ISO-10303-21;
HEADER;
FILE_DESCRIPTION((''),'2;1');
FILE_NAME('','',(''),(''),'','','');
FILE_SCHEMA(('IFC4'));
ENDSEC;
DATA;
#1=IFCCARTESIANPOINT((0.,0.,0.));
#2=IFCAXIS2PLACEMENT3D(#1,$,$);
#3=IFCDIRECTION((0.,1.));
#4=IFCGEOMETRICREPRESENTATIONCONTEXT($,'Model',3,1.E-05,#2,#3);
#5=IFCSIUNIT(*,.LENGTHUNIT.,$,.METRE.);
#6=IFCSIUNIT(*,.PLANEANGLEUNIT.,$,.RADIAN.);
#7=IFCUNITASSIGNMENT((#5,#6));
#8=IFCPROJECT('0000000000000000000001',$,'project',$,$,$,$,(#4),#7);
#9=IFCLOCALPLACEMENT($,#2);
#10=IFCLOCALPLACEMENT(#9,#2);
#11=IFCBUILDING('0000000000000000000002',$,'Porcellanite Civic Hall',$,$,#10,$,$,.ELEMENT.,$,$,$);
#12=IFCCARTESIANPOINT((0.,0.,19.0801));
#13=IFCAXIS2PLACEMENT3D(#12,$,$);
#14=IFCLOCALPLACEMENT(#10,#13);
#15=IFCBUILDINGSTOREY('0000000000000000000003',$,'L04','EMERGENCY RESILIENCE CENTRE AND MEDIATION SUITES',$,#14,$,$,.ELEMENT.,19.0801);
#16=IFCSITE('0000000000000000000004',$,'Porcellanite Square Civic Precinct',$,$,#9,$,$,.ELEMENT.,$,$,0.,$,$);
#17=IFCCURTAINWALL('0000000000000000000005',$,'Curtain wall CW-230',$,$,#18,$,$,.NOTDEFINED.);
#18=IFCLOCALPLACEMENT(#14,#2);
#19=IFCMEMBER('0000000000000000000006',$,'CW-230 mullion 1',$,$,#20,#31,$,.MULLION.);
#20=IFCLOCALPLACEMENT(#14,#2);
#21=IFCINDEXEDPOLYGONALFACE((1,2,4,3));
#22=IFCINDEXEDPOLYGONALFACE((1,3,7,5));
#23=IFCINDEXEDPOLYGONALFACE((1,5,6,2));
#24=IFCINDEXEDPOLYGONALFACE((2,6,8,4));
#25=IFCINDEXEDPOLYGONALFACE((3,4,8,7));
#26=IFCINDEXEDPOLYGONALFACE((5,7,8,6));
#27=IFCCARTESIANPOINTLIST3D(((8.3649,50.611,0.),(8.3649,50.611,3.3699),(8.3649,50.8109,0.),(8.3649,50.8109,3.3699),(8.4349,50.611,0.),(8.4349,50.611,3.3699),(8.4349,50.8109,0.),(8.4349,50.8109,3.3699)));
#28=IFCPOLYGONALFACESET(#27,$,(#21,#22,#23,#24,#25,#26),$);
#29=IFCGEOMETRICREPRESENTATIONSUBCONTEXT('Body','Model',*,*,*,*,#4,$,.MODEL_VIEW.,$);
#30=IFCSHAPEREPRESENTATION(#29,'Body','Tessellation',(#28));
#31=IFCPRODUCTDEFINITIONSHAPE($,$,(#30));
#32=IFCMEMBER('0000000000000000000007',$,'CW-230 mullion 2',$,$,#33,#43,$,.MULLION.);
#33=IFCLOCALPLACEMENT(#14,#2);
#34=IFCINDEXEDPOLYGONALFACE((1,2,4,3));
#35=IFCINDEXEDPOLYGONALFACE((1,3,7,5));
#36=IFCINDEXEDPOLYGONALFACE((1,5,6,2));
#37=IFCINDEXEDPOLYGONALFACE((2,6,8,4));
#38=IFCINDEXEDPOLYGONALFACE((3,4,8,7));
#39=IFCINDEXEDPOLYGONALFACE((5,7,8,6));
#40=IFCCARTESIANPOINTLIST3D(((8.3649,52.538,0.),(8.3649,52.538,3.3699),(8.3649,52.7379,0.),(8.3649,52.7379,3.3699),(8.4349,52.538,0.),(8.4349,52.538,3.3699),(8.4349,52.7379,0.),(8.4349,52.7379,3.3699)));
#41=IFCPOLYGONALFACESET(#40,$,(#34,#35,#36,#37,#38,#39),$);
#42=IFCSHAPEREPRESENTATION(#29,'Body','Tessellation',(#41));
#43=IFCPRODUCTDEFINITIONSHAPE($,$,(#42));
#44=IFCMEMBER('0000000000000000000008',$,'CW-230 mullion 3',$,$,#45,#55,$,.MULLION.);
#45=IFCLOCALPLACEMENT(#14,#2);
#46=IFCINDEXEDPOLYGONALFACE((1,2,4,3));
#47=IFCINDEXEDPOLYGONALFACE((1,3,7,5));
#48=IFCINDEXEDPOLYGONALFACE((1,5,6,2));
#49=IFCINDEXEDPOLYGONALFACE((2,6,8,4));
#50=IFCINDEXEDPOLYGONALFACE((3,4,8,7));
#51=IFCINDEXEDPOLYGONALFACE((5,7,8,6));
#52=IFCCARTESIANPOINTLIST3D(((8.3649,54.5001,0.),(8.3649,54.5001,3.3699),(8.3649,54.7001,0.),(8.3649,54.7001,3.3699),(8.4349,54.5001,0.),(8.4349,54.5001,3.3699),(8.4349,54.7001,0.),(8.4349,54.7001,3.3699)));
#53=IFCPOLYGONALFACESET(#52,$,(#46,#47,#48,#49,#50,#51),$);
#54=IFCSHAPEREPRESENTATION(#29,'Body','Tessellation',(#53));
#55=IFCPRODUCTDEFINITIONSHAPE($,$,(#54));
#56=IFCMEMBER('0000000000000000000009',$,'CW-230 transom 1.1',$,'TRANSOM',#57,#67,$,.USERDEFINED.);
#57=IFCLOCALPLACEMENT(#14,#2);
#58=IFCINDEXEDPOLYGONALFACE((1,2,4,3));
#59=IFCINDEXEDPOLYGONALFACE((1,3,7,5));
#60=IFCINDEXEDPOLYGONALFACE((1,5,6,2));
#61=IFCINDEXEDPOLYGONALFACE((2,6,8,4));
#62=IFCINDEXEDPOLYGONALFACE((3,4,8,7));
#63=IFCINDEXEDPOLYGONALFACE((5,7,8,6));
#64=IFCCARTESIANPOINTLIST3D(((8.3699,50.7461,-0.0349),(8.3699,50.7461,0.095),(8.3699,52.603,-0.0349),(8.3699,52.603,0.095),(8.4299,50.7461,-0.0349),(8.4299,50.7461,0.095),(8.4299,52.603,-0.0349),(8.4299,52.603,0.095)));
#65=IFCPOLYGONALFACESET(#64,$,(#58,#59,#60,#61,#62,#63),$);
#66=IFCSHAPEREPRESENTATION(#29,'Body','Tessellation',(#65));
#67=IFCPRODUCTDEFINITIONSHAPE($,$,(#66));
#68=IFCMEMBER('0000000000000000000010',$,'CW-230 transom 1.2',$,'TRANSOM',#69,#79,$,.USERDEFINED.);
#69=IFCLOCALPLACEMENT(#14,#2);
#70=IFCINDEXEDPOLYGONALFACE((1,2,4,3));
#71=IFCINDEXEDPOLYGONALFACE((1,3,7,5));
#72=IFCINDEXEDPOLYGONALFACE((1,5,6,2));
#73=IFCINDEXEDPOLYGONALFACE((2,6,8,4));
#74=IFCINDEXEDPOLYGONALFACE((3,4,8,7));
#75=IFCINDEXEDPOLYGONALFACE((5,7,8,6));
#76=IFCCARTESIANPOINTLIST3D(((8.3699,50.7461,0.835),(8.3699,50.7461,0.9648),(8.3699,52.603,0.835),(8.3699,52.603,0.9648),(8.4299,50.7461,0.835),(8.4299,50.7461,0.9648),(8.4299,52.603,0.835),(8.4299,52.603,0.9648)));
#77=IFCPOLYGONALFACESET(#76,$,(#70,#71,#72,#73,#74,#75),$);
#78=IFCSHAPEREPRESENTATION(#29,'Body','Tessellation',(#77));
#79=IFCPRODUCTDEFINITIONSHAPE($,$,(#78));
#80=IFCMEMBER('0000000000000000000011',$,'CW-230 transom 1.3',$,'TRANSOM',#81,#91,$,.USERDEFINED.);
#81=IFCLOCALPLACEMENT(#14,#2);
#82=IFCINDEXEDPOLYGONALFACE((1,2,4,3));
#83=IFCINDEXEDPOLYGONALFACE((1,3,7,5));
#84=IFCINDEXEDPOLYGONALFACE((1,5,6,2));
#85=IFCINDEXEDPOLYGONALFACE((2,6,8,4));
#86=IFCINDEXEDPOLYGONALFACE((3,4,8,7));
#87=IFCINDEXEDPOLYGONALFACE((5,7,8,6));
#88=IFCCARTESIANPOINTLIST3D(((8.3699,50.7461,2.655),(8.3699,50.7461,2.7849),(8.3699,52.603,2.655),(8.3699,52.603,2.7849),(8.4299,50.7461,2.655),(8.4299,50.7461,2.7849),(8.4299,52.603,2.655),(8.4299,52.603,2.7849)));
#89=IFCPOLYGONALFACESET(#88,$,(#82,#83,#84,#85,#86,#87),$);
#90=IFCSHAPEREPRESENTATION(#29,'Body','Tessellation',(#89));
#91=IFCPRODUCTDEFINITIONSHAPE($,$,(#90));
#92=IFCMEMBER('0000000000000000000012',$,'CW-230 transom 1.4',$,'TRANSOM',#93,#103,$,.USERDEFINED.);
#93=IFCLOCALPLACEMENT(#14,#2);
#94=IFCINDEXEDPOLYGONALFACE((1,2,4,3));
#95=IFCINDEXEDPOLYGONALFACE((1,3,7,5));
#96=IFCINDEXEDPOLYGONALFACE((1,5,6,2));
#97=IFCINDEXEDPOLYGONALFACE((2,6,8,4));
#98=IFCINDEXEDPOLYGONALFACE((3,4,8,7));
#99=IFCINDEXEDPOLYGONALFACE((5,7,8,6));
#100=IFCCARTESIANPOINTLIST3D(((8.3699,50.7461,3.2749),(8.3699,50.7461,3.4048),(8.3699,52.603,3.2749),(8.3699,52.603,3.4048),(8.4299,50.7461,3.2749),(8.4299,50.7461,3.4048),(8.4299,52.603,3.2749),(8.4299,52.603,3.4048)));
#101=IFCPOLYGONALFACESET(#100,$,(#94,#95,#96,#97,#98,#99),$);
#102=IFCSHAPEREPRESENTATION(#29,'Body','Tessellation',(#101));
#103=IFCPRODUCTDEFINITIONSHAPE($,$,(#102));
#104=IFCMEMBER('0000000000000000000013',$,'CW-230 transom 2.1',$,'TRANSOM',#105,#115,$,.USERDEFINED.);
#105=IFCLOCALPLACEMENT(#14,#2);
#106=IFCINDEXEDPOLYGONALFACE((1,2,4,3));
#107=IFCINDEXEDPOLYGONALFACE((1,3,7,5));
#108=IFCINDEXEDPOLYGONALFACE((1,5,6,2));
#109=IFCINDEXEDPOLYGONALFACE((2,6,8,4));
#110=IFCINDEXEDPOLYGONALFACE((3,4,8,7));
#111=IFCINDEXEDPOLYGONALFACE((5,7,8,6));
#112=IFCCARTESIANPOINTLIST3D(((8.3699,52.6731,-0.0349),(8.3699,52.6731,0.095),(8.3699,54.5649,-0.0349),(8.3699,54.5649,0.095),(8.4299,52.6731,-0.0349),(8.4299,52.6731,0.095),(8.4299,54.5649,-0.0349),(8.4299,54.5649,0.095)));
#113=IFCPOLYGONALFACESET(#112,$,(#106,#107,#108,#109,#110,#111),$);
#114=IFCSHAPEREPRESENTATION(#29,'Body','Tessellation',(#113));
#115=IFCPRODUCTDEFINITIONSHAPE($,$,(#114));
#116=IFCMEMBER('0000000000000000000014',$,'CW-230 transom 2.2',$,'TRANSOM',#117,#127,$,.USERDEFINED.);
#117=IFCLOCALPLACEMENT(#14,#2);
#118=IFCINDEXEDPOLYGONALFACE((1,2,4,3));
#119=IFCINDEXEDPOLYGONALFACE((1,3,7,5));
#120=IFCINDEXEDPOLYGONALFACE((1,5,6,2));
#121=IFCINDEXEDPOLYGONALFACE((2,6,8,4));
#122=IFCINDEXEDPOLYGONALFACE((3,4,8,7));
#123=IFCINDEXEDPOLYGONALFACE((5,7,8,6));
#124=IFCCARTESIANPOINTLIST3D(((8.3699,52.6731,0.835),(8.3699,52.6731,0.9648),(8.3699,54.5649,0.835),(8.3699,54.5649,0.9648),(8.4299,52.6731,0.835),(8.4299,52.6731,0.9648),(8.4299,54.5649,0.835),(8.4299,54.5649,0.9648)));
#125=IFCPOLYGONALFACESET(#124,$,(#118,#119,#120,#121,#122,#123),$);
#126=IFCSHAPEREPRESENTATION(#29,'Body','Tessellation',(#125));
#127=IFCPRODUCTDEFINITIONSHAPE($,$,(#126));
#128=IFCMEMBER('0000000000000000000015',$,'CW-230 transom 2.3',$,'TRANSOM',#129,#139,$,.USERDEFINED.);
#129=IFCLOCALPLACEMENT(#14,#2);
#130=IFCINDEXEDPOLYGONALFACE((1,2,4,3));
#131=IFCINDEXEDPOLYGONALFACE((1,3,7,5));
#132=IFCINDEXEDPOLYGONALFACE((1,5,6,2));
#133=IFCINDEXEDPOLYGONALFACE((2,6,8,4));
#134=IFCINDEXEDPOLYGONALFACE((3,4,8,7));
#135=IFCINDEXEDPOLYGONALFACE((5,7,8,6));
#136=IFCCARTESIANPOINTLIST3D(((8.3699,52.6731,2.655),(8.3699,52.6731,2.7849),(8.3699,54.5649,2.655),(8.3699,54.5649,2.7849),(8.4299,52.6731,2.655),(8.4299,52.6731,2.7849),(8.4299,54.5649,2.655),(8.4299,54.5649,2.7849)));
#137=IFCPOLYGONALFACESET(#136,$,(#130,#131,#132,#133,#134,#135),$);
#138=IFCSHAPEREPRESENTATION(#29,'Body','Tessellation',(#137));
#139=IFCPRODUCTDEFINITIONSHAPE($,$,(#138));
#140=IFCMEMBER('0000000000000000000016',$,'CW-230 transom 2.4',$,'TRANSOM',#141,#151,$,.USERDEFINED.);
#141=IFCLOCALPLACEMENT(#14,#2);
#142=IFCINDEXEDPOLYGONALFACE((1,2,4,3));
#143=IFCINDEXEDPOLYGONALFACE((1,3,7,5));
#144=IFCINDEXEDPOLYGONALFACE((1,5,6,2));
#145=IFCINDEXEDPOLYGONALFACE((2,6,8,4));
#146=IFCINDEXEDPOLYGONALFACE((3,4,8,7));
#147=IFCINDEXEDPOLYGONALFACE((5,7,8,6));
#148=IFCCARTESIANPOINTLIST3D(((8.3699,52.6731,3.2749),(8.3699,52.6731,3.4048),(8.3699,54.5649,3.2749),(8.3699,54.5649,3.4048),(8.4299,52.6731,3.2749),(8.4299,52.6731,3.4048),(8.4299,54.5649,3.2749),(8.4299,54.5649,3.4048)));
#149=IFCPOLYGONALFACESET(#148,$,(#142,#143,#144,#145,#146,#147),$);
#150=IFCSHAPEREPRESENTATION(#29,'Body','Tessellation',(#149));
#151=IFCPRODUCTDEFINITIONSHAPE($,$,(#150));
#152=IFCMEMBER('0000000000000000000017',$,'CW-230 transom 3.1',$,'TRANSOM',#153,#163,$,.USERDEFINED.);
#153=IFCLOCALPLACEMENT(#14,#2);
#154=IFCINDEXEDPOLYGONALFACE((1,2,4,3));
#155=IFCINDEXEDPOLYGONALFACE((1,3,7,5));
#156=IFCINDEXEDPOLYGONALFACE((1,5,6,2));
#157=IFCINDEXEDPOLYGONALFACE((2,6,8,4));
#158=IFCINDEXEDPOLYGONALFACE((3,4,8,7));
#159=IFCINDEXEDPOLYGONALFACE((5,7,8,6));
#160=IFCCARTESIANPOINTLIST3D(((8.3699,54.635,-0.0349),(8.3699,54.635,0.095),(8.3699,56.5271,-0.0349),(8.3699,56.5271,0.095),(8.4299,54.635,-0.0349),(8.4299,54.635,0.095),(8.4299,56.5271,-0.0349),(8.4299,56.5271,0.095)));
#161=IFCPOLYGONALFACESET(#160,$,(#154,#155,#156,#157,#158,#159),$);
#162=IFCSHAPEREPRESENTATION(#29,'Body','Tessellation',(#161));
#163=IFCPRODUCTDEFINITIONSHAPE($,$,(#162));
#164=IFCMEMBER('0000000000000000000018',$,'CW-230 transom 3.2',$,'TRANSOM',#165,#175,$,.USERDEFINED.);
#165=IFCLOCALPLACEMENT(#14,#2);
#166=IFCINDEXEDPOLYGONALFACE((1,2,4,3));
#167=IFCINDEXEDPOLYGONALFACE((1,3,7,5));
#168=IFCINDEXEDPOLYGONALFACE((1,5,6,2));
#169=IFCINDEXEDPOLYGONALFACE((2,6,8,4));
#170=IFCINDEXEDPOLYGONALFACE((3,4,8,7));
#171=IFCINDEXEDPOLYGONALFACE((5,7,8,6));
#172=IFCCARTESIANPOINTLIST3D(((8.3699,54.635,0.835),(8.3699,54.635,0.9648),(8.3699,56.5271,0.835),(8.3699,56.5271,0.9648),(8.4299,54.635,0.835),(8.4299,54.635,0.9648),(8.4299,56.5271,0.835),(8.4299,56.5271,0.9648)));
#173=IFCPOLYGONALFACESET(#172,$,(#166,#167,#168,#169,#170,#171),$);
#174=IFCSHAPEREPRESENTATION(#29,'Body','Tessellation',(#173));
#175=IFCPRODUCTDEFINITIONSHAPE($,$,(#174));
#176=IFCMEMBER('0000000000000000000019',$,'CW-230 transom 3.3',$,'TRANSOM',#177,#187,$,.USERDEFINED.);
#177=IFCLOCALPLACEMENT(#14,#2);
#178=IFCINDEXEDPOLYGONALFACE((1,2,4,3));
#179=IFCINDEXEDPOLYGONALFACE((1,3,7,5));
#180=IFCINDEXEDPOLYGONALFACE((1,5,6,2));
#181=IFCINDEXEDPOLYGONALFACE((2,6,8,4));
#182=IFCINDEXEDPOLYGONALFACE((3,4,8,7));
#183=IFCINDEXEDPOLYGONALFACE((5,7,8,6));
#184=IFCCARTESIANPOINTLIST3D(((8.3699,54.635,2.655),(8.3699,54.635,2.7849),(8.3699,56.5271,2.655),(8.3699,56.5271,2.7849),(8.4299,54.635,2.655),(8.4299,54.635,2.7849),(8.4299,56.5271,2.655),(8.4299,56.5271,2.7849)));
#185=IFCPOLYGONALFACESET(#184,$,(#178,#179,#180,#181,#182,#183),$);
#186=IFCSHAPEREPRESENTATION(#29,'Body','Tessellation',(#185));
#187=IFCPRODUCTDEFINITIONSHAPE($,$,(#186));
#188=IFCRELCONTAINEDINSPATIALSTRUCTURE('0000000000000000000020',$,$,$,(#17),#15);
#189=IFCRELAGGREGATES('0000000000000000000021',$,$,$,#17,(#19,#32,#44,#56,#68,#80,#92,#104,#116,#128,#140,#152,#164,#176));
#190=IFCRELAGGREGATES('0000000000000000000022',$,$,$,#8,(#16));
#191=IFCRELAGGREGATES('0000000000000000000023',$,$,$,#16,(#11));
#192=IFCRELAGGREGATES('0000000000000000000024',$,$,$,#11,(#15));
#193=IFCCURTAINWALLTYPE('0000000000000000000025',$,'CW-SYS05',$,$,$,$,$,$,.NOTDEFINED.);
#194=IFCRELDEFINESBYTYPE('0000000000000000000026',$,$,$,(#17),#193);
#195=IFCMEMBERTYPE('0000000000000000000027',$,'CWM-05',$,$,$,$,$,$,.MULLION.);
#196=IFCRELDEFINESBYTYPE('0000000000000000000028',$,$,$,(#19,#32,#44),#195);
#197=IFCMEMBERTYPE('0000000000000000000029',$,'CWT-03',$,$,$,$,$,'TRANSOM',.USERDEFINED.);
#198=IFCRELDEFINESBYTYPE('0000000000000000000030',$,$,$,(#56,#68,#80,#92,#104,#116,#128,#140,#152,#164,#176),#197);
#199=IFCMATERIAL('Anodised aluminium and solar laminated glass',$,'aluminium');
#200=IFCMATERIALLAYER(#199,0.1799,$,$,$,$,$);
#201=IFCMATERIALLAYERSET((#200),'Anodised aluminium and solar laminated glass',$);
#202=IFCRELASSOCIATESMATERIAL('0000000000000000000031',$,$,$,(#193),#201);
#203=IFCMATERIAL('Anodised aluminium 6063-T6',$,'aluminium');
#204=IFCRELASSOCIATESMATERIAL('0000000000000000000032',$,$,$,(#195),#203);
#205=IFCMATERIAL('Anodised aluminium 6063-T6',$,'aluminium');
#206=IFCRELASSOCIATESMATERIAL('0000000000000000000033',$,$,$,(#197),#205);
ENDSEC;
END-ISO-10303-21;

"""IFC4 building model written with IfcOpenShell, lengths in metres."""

from ifc_helpers import new_model, si_unit, direction, frame, origin, origin_2d, place, context, subcontext, project, spatial, rectangle, extrude, material, layer, layer_set, material_profile, profile_set, type_object, element, aggregate, save


model = new_model("IFC4")

# Units and contexts
model_context = context("Model", 3, precision=1e-05, world=origin(), true_north=direction((0.0, 1.0)))
body_context = subcontext(model_context, "Body", "Model", "MODEL_VIEW")
ifc_project = project(units=[si_unit("LENGTHUNIT", "METRE"), si_unit("PLANEANGLEUNIT", "RADIAN")], contexts=[model_context])

# Site, building, storey
site_placement = place(None, origin())
site = spatial("IfcSite", under=ifc_project, at=site_placement, Name="Porcellanite Square Civic Precinct", CompositionType="ELEMENT", RefElevation=0.0)
building_placement = place(site_placement, origin())
building = spatial("IfcBuilding", under=site, at=building_placement, Name="Porcellanite Civic Hall", CompositionType="ELEMENT")
storey_placement = place(building_placement, frame((0.0, 0.0, 19.0801)))
storey = spatial("IfcBuildingStorey", under=building, at=storey_placement, Name="L04", Description="EMERGENCY RESILIENCE CENTRE AND MEDIATION SUITES", CompositionType="ELEMENT", Elevation=19.0801)

# Curtain wall, members
ifc_material_1 = material(Name="Anodised aluminium and solar laminated glass", Category="aluminium")
ifc_layer_1 = layer(ifc_material_1, 0.1799)
ifc_layer_set_1 = layer_set([ifc_layer_1], Name="Anodised aluminium and solar laminated glass")
curtain_wall_type = type_object("IfcCurtainWallType", Name="CW-SYS05", PredefinedType="NOTDEFINED", material=ifc_layer_set_1)
curtain_wall_placement = place(storey_placement, origin())
curtain_wall = element("IfcCurtainWall", 1, at=curtain_wall_placement, inside=storey, type_object=curtain_wall_type, Name="Curtain wall CW-230", PredefinedType="NOTDEFINED")
ifc_material_2 = material(Name="Anodised aluminium 6063-T6", Category="aluminium")
ifc_material_profile_1 = material_profile(ifc_material_2, rectangle(XDim=0.0701, YDim=0.2, at=origin_2d()), Name="AL-70x200")
ifc_profile_set_1 = profile_set([ifc_material_profile_1], Name="Anodised aluminium 6063-T6")
member_type_1 = type_object("IfcMemberType", Name="CWM-05", PredefinedType="MULLION", material=ifc_profile_set_1)
member_1_placement = place(storey_placement, frame((8.3999, 50.7109, 0.0), z_axis=(0.0, 0.0, 1.0), x_axis=(-1.0, 0.0, 0.0)))
member_1 = element("IfcMember", 2, at=member_1_placement, type_object=member_type_1, Name="CW-230 mullion 1", PredefinedType="MULLION", context=body_context, shape_type="SweptSolid", body=[
    extrude(rectangle(XDim=0.0701, YDim=0.2, at=origin_2d()), origin(), (0.0, 0.0, 1.0), 3.3699),
])
member_2_placement = place(storey_placement, frame((8.3999, 52.6379, 0.0), z_axis=(0.0, 0.0, 1.0), x_axis=(-1.0, 0.0, 0.0)))
member_2 = element("IfcMember", 3, at=member_2_placement, type_object=member_type_1, Name="CW-230 mullion 2", PredefinedType="MULLION", context=body_context, shape_type="SweptSolid", body=[
    extrude(rectangle(XDim=0.0701, YDim=0.2, at=origin_2d()), origin(), (0.0, 0.0, 1.0), 3.3699),
])
member_3_placement = place(storey_placement, frame((8.3999, 54.6001, 0.0), z_axis=(0.0, 0.0, 1.0), x_axis=(-1.0, 0.0, 0.0)))
member_3 = element("IfcMember", 4, at=member_3_placement, type_object=member_type_1, Name="CW-230 mullion 3", PredefinedType="MULLION", context=body_context, shape_type="SweptSolid", body=[
    extrude(rectangle(XDim=0.0701, YDim=0.2, at=origin_2d()), origin(), (0.0, 0.0, 1.0), 3.3699),
])
ifc_material_3 = material(Name="Anodised aluminium 6063-T6", Category="aluminium")
ifc_material_profile_2 = material_profile(ifc_material_3, rectangle(XDim=0.0601, YDim=0.1299, at=origin_2d()), Name="AL-60x130")
ifc_profile_set_2 = profile_set([ifc_material_profile_2], Name="Anodised aluminium 6063-T6")
member_type_2 = type_object("IfcMemberType", Name="CWT-03", ElementType="TRANSOM", PredefinedType="USERDEFINED", material=ifc_profile_set_2)
member_4_placement = place(storey_placement, frame((8.3999, 50.7461, 0.03), z_axis=(0.0, 1.0, 0.0), x_axis=(-1.0, 0.0, 0.0)))
member_4 = element("IfcMember", 5, at=member_4_placement, type_object=member_type_2, Name="CW-230 transom 1.1", ObjectType="TRANSOM", PredefinedType="USERDEFINED", context=body_context, shape_type="SweptSolid", body=[
    extrude(rectangle(XDim=0.0601, YDim=0.1299, at=origin_2d()), origin(), (0.0, 0.0, 1.0), 1.8569),
])
member_5_placement = place(storey_placement, frame((8.3999, 50.7461, 0.8999), z_axis=(0.0, 1.0, 0.0), x_axis=(-1.0, 0.0, 0.0)))
member_5 = element("IfcMember", 6, at=member_5_placement, type_object=member_type_2, Name="CW-230 transom 1.2", ObjectType="TRANSOM", PredefinedType="USERDEFINED", context=body_context, shape_type="SweptSolid", body=[
    extrude(rectangle(XDim=0.0601, YDim=0.1299, at=origin_2d()), origin(), (0.0, 0.0, 1.0), 1.8569),
])
member_6_placement = place(storey_placement, frame((8.3999, 50.7461, 2.72), z_axis=(0.0, 1.0, 0.0), x_axis=(-1.0, 0.0, 0.0)))
member_6 = element("IfcMember", 7, at=member_6_placement, type_object=member_type_2, Name="CW-230 transom 1.3", ObjectType="TRANSOM", PredefinedType="USERDEFINED", context=body_context, shape_type="SweptSolid", body=[
    extrude(rectangle(XDim=0.0601, YDim=0.1299, at=origin_2d()), origin(), (0.0, 0.0, 1.0), 1.8569),
])
member_7_placement = place(storey_placement, frame((8.3999, 50.7461, 3.3398), z_axis=(0.0, 1.0, 0.0), x_axis=(-1.0, 0.0, 0.0)))
member_7 = element("IfcMember", 8, at=member_7_placement, type_object=member_type_2, Name="CW-230 transom 1.4", ObjectType="TRANSOM", PredefinedType="USERDEFINED", context=body_context, shape_type="SweptSolid", body=[
    extrude(rectangle(XDim=0.0601, YDim=0.1299, at=origin_2d()), origin(), (0.0, 0.0, 1.0), 1.8569),
])
member_8_placement = place(storey_placement, frame((8.3999, 52.6731, 0.03), z_axis=(0.0, 1.0, 0.0), x_axis=(-1.0, 0.0, 0.0)))
member_8 = element("IfcMember", 9, at=member_8_placement, type_object=member_type_2, Name="CW-230 transom 2.1", ObjectType="TRANSOM", PredefinedType="USERDEFINED", context=body_context, shape_type="SweptSolid", body=[
    extrude(rectangle(XDim=0.0601, YDim=0.1299, at=origin_2d()), origin(), (0.0, 0.0, 1.0), 1.8918),
])
member_9_placement = place(storey_placement, frame((8.3999, 52.6731, 0.8999), z_axis=(0.0, 1.0, 0.0), x_axis=(-1.0, 0.0, 0.0)))
member_9 = element("IfcMember", 10, at=member_9_placement, type_object=member_type_2, Name="CW-230 transom 2.2", ObjectType="TRANSOM", PredefinedType="USERDEFINED", context=body_context, shape_type="SweptSolid", body=[
    extrude(rectangle(XDim=0.0601, YDim=0.1299, at=origin_2d()), origin(), (0.0, 0.0, 1.0), 1.8918),
])
member_10_placement = place(storey_placement, frame((8.3999, 52.6731, 2.72), z_axis=(0.0, 1.0, 0.0), x_axis=(-1.0, 0.0, 0.0)))
member_10 = element("IfcMember", 11, at=member_10_placement, type_object=member_type_2, Name="CW-230 transom 2.3", ObjectType="TRANSOM", PredefinedType="USERDEFINED", context=body_context, shape_type="SweptSolid", body=[
    extrude(rectangle(XDim=0.0601, YDim=0.1299, at=origin_2d()), origin(), (0.0, 0.0, 1.0), 1.8918),
])
member_11_placement = place(storey_placement, frame((8.3999, 52.6731, 3.3398), z_axis=(0.0, 1.0, 0.0), x_axis=(-1.0, 0.0, 0.0)))
member_11 = element("IfcMember", 12, at=member_11_placement, type_object=member_type_2, Name="CW-230 transom 2.4", ObjectType="TRANSOM", PredefinedType="USERDEFINED", context=body_context, shape_type="SweptSolid", body=[
    extrude(rectangle(XDim=0.0601, YDim=0.1299, at=origin_2d()), origin(), (0.0, 0.0, 1.0), 1.8918),
])
member_12_placement = place(storey_placement, frame((8.3999, 54.635, 0.03), z_axis=(0.0, 1.0, 0.0), x_axis=(-1.0, 0.0, 0.0)))
member_12 = element("IfcMember", 13, at=member_12_placement, type_object=member_type_2, Name="CW-230 transom 3.1", ObjectType="TRANSOM", PredefinedType="USERDEFINED", context=body_context, shape_type="SweptSolid", body=[
    extrude(rectangle(XDim=0.0601, YDim=0.1299, at=origin_2d()), origin(), (0.0, 0.0, 1.0), 1.8921),
])
member_13_placement = place(storey_placement, frame((8.3999, 54.635, 0.8999), z_axis=(0.0, 1.0, 0.0), x_axis=(-1.0, 0.0, 0.0)))
member_13 = element("IfcMember", 14, at=member_13_placement, type_object=member_type_2, Name="CW-230 transom 3.2", ObjectType="TRANSOM", PredefinedType="USERDEFINED", context=body_context, shape_type="SweptSolid", body=[
    extrude(rectangle(XDim=0.0601, YDim=0.1299, at=origin_2d()), origin(), (0.0, 0.0, 1.0), 1.8921),
])
member_14_placement = place(storey_placement, frame((8.3999, 54.635, 2.72), z_axis=(0.0, 1.0, 0.0), x_axis=(-1.0, 0.0, 0.0)))
member_14 = element("IfcMember", 15, at=member_14_placement, type_object=member_type_2, Name="CW-230 transom 3.3", ObjectType="TRANSOM", PredefinedType="USERDEFINED", context=body_context, shape_type="SweptSolid", body=[
    extrude(rectangle(XDim=0.0601, YDim=0.1299, at=origin_2d()), origin(), (0.0, 0.0, 1.0), 1.8921),
])

aggregate(curtain_wall, [member_1, member_2, member_3, member_4, member_5, member_6, member_7, member_8, member_9, member_10, member_11, member_12, member_13, member_14])

save(model, "model.ifc")
